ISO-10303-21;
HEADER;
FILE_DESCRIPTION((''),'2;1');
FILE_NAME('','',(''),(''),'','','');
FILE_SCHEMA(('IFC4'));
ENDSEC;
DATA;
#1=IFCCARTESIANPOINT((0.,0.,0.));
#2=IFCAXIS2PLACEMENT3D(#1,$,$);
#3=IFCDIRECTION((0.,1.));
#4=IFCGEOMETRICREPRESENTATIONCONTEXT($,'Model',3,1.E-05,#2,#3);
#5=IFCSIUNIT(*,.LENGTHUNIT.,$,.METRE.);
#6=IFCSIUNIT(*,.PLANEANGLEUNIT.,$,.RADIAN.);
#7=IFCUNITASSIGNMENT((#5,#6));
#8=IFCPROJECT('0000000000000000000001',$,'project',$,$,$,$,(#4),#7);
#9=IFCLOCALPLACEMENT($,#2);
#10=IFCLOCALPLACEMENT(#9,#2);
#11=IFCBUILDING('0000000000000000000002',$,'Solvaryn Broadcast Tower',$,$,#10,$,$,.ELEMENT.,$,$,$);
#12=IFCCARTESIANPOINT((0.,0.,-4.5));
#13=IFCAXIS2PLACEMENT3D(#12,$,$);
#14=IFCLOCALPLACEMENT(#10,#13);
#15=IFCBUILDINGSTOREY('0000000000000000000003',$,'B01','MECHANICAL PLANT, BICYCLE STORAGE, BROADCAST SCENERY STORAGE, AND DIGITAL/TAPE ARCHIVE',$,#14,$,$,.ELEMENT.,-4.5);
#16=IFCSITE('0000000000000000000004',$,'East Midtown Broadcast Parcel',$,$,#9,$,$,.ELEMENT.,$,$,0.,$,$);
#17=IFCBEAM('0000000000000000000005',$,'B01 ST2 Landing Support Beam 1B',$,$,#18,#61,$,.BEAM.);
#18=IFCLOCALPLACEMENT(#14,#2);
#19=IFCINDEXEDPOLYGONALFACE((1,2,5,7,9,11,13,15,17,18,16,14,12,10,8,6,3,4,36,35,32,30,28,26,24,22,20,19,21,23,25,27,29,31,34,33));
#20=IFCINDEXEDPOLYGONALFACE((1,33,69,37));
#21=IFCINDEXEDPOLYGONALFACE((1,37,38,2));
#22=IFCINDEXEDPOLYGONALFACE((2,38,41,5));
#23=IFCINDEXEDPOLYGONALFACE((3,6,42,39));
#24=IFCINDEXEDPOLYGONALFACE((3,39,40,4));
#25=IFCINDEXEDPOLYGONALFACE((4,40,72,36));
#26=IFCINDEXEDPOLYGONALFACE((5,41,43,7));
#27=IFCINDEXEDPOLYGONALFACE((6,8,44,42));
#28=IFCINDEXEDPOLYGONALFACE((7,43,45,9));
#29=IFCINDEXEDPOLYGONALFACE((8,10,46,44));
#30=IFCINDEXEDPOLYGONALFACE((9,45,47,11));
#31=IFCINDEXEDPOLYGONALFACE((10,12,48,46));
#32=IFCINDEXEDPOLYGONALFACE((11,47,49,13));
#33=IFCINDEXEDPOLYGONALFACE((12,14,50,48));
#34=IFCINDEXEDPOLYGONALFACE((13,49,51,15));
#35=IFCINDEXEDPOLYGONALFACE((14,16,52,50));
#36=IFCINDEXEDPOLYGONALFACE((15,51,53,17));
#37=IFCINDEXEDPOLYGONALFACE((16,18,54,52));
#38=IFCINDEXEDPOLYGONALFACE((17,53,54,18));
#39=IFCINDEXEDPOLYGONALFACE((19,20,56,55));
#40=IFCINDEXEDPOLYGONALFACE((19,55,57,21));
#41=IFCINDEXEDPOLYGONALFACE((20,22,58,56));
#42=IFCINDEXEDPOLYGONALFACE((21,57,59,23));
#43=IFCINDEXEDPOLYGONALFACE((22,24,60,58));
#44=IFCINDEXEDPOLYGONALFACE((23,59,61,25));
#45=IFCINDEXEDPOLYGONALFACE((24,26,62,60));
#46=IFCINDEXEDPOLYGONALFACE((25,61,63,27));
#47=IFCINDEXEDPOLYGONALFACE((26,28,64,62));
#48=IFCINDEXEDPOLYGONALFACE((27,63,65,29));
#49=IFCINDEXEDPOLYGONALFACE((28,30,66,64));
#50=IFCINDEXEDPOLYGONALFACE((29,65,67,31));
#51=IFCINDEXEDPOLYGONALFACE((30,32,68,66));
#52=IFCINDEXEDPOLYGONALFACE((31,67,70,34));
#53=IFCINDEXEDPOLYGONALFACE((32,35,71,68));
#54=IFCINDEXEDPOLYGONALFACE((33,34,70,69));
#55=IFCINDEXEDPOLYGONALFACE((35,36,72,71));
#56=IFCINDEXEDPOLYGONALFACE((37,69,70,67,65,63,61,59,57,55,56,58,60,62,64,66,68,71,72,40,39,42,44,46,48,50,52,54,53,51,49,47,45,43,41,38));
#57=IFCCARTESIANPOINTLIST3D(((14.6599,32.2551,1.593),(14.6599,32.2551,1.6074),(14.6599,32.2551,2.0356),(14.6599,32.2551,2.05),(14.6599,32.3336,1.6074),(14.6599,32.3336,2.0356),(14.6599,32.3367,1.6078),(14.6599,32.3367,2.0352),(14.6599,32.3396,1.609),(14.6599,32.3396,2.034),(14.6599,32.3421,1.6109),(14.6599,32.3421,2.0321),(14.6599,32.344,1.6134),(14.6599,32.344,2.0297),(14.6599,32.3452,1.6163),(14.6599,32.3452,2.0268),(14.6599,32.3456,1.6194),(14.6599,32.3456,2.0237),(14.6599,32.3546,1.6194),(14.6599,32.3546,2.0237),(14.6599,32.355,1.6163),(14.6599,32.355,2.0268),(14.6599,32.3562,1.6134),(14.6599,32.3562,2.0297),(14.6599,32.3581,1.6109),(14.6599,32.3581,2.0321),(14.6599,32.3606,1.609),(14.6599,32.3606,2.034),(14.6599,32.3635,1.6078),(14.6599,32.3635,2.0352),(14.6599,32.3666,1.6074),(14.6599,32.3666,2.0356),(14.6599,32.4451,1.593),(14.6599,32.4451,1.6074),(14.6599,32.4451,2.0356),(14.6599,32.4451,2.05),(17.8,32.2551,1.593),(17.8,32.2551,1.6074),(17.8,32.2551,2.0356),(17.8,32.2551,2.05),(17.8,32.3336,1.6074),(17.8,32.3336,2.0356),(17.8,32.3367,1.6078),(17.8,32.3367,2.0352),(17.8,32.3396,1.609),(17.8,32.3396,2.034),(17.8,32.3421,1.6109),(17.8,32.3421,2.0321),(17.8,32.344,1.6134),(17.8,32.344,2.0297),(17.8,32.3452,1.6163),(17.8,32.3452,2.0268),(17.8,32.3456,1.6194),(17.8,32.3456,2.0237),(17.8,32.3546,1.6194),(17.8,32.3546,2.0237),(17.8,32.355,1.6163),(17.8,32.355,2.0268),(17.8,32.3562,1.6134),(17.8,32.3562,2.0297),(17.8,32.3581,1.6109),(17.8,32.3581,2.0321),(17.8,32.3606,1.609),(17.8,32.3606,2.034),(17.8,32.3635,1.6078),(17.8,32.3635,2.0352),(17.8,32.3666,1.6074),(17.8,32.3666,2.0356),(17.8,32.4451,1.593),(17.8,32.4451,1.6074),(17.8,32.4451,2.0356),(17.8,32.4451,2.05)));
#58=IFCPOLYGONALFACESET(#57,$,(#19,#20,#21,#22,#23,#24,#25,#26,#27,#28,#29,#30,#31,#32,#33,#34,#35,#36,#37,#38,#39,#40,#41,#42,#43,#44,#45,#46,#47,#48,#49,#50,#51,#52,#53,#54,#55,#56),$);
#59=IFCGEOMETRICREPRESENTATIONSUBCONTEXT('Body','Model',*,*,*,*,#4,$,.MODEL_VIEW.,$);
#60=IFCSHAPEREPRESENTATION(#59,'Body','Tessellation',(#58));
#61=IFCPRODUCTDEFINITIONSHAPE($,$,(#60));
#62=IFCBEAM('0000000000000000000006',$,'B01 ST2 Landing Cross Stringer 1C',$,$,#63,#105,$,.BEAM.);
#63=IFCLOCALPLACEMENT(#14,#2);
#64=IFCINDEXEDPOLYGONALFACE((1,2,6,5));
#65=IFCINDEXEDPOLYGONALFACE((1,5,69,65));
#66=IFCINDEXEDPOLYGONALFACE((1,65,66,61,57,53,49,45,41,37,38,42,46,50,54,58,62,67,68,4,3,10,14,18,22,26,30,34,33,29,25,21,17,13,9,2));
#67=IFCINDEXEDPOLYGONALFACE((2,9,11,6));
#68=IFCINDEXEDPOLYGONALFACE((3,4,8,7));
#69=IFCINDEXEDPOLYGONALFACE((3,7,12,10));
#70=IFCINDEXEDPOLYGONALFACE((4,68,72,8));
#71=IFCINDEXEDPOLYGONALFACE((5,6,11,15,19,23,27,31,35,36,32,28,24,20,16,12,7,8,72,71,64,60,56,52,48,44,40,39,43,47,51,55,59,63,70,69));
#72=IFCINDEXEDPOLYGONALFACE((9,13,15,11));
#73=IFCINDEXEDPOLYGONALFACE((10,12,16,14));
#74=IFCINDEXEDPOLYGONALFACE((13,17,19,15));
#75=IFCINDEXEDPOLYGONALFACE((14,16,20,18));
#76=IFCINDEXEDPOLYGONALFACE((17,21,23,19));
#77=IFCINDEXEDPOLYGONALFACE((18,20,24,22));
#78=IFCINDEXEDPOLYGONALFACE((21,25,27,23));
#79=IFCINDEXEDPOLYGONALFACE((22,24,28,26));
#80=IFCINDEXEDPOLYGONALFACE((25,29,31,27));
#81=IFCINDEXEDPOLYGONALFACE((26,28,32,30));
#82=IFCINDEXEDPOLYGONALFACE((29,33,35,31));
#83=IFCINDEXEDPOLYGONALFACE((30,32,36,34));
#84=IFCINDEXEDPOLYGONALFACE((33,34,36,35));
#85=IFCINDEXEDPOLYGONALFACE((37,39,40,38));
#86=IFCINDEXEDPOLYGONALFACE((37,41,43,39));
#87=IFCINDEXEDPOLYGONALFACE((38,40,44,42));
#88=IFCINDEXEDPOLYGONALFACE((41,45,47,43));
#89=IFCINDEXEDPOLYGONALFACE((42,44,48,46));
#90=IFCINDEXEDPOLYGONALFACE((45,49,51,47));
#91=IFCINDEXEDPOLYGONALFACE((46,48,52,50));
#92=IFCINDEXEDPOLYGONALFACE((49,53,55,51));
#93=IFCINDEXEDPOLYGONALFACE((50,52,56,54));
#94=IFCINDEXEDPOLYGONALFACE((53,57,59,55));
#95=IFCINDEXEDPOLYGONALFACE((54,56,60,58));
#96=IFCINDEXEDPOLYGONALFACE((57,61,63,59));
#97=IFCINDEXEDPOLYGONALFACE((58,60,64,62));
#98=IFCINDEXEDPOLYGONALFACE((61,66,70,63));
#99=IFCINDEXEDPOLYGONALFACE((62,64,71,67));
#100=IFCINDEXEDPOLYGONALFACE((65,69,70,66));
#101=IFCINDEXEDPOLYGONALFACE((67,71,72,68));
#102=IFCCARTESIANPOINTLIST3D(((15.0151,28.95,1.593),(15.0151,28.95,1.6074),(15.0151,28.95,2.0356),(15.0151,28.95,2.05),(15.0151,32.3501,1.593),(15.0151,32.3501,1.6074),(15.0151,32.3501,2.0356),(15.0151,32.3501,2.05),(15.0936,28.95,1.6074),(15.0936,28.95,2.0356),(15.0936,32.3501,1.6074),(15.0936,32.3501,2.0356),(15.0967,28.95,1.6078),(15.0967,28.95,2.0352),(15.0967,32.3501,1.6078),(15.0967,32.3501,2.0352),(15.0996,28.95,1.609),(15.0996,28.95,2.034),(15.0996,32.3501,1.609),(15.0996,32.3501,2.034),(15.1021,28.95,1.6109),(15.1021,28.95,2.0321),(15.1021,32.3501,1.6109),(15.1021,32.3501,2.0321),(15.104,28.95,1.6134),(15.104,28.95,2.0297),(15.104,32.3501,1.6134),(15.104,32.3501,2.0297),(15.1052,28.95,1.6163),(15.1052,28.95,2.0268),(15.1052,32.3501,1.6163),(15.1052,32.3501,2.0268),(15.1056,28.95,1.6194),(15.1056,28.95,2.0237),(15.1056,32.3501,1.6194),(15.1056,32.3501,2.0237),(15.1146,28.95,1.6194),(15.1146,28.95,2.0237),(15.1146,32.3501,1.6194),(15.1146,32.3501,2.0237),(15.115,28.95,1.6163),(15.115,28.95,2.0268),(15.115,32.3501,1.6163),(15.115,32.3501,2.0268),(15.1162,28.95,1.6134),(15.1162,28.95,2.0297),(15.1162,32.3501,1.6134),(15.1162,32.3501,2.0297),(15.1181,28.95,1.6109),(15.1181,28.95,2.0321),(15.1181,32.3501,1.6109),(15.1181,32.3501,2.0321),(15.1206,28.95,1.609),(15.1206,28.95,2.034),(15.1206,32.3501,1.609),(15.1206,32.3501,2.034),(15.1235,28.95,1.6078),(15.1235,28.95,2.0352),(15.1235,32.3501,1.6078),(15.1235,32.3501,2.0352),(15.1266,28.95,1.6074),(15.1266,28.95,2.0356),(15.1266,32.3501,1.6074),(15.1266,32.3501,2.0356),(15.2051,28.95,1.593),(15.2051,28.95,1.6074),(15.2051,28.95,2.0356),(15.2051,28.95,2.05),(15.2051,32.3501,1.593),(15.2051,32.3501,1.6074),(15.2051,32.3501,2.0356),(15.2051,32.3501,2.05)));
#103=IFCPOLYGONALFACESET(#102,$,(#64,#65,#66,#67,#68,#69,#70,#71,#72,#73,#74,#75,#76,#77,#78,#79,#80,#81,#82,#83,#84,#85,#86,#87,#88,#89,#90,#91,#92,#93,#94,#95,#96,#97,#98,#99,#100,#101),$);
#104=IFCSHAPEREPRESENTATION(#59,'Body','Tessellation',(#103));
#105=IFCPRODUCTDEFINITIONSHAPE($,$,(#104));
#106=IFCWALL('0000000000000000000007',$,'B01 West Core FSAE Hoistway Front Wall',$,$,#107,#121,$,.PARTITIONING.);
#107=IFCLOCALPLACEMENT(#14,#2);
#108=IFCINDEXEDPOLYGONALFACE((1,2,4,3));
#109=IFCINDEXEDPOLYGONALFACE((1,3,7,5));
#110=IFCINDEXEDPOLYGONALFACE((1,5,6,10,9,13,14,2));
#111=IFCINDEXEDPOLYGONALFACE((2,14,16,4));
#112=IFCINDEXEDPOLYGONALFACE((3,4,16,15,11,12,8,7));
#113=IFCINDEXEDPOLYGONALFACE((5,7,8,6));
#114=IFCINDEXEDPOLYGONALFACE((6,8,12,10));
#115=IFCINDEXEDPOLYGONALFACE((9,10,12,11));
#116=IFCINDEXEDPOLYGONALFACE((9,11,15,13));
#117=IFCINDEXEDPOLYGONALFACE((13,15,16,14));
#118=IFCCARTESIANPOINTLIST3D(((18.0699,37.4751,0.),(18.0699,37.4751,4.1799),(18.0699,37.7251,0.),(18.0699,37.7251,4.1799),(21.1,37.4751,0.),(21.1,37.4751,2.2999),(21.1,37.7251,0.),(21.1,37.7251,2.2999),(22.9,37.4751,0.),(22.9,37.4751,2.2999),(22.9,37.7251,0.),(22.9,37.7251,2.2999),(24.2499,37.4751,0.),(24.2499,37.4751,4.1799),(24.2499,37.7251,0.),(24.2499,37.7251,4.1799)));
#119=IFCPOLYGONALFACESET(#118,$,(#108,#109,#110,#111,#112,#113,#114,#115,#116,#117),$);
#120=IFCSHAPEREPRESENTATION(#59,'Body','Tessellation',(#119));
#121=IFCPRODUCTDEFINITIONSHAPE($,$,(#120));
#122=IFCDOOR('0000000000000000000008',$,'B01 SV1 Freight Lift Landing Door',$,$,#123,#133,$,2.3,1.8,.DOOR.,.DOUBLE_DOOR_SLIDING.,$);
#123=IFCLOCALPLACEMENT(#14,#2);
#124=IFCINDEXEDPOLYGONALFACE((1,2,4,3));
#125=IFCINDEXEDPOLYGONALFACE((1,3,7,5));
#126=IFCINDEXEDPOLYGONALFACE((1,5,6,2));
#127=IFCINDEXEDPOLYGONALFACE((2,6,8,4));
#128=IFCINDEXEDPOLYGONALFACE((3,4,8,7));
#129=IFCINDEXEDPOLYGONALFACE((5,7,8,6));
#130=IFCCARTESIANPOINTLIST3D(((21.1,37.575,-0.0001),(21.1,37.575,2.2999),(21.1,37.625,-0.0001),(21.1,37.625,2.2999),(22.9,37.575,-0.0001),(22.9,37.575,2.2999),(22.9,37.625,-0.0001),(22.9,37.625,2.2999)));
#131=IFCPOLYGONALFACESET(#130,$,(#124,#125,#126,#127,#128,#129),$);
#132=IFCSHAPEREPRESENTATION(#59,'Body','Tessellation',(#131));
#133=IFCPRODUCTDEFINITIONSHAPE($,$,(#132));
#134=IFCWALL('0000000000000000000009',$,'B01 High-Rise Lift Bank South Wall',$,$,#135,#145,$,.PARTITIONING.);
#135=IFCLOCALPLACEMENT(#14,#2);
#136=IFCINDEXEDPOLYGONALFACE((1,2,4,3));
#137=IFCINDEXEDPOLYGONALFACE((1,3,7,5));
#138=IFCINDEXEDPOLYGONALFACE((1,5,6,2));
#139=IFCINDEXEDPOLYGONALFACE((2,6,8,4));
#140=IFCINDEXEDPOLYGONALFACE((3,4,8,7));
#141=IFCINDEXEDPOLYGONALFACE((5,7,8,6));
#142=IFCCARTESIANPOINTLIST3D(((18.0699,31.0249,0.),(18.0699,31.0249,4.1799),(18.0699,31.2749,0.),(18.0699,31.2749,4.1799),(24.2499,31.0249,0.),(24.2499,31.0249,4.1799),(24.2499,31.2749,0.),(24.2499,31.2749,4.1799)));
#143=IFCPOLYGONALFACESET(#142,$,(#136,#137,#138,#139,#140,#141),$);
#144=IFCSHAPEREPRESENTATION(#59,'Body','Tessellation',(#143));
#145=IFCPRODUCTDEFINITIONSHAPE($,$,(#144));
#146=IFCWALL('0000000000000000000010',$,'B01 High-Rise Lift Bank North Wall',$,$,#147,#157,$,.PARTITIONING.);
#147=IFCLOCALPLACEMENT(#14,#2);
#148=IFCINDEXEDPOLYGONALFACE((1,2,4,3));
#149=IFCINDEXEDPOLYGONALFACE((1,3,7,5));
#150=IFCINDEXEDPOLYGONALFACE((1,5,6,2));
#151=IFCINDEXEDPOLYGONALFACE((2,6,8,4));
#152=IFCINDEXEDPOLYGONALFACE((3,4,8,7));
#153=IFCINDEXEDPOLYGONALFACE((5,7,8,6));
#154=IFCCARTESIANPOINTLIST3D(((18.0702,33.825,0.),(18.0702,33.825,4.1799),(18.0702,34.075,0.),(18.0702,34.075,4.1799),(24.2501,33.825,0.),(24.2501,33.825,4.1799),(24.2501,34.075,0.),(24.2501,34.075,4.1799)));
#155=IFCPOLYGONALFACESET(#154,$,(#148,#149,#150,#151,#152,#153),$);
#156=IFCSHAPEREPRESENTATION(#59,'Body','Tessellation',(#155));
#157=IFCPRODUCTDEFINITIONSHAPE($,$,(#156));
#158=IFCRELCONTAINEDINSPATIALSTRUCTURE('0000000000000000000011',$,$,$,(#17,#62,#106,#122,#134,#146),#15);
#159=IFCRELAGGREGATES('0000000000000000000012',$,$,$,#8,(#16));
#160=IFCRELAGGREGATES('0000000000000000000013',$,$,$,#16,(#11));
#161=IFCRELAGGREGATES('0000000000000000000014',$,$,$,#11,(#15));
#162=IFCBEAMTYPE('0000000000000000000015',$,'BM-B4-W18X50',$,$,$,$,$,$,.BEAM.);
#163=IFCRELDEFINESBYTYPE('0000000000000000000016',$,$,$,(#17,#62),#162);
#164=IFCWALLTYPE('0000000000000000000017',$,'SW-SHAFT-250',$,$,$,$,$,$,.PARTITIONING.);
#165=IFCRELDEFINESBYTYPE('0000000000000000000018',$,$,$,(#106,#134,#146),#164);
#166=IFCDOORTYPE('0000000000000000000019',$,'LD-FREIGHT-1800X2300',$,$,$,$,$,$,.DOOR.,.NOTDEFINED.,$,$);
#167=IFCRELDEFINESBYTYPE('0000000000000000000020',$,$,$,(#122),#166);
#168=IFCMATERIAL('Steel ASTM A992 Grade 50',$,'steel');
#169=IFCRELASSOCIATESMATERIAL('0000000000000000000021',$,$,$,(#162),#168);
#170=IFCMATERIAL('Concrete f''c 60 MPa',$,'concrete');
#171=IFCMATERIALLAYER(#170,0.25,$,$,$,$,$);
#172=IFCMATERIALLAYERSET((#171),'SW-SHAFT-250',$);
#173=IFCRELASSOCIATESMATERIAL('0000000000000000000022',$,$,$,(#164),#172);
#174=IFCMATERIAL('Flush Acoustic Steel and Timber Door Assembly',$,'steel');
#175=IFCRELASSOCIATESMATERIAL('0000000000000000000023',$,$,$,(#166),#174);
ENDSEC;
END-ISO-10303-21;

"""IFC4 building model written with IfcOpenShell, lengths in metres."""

from ifc_helpers import new_model, si_unit, direction, frame, frame_2d, origin, origin_2d, place, context, subcontext, project, spatial, rectangle, i_section, extrude, material, layer, layer_set, material_profile, profile_set, type_object, element, fill, save


model = new_model("IFC4")

# Units and contexts
model_context = context("Model", 3, precision=1e-05, world=origin(), true_north=direction((0.0, 1.0)))
body_context = subcontext(model_context, "Body", "Model", "MODEL_VIEW")
ifc_project = project(units=[si_unit("LENGTHUNIT", "METRE"), si_unit("PLANEANGLEUNIT", "RADIAN")], contexts=[model_context])

# Site, building, storey
site_placement = place(None, origin())
site = spatial("IfcSite", under=ifc_project, at=site_placement, Name="East Midtown Broadcast Parcel", CompositionType="ELEMENT", RefElevation=0.0)
building_placement = place(site_placement, origin())
building = spatial("IfcBuilding", under=site, at=building_placement, Name="Solvaryn Broadcast Tower", CompositionType="ELEMENT")
storey_placement = place(building_placement, frame((0.0, 0.0, -4.5)))
storey = spatial("IfcBuildingStorey", under=building, at=storey_placement, Name="B01", Description="MECHANICAL PLANT, BICYCLE STORAGE, BROADCAST SCENERY STORAGE, AND DIGITAL/TAPE ARCHIVE", CompositionType="ELEMENT", Elevation=-4.5)

# Beams
ifc_material_1 = material(Name="Steel ASTM A992 Grade 50", Category="steel")
ifc_material_profile_1 = material_profile(ifc_material_1, i_section(OverallWidth=0.1899, OverallDepth=0.457, WebThickness=0.009, FlangeThickness=0.0144, FilletRadius=0.012, at=origin_2d()))
ifc_profile_set_1 = profile_set([ifc_material_profile_1], Name="Steel ASTM A992 Grade 50")
beam_type_1 = type_object("IfcBeamType", Name="BM-B4-W18X50", PredefinedType="BEAM", material=ifc_profile_set_1)
for number, where, z_axis, x_axis, name in (
    (1, (14.6599, 32.3501, 1.8215), (1.0, 0.0, 0.0), (0.0, 1.0, 0.0), "B01 ST2 Landing Support Beam 1B"),
):
    element("IfcBeam", number, at=place(storey_placement, frame(where, z_axis=z_axis, x_axis=x_axis)), inside=storey, type_object=beam_type_1, Name=name, PredefinedType="BEAM", context=body_context, shape_type="SweptSolid", body=[
        extrude(i_section(OverallWidth=0.1899, OverallDepth=0.457, WebThickness=0.009, FlangeThickness=0.0144, FilletRadius=0.012, at=origin_2d()), origin(), (0.0, 0.0, 1.0), 3.1401),
    ])
beam_1_placement = place(storey_placement, frame((15.1101, 28.95, 1.8215), z_axis=(0.0, 1.0, 0.0), x_axis=(-1.0, 0.0, 0.0)))
element("IfcBeam", 2, at=beam_1_placement, inside=storey, type_object=beam_type_1, Name="B01 ST2 Landing Cross Stringer 1C", PredefinedType="BEAM", context=body_context, shape_type="SweptSolid", body=[
    extrude(i_section(OverallWidth=0.1899, OverallDepth=0.457, WebThickness=0.009, FlangeThickness=0.0144, FilletRadius=0.012, at=origin_2d()), origin(), (0.0, 0.0, 1.0), 3.4001),
])

# Wall, opening, door
ifc_material_2 = material(Name="Concrete f'c 60 MPa", Category="concrete")
ifc_layer_1 = layer(ifc_material_2, 0.25)
ifc_layer_set_1 = layer_set([ifc_layer_1], Name="SW-SHAFT-250")
wall_type_1 = type_object("IfcWallType", Name="SW-SHAFT-250", PredefinedType="PARTITIONING", material=ifc_layer_set_1)
wall_1_placement = place(storey_placement, frame((18.0701, 37.6001, 0.0), z_axis=(0.0, 0.0, 1.0), x_axis=(1.0, 0.0, 0.0)))
wall_1 = element("IfcWall", 3, at=wall_1_placement, inside=storey, type_object=wall_type_1, Name="B01 West Core FSAE Hoistway Front Wall", PredefinedType="PARTITIONING", context=body_context, shape_type="SweptSolid", body=[
    extrude(rectangle(XDim=6.1799, YDim=0.25, at=frame_2d((3.0898, 0.0))), origin(), (0.0, 0.0, 1.0), 4.1799),
])
opening_1_placement = place(wall_1_placement, frame((3.03, 0.0, 0.0)))
opening_1 = element("IfcOpeningElement", 4, at=opening_1_placement, cuts=wall_1, PredefinedType="OPENING", context=body_context, shape_type="SweptSolid", body=[
    extrude(rectangle(XDim=1.8, YDim=2.3, at=frame_2d((0.8999, 1.1499))), frame((0.0, 0.135, 0.0), z_axis=(0.0, -1.0, 0.0), x_axis=(1.0, 0.0, 0.0)), (0.0, 0.0, 1.0), 0.27),
])
ifc_material_3 = material(Name="Flush Acoustic Steel and Timber Door Assembly", Category="steel")
door_type_1 = type_object("IfcDoorType", Name="LD-FREIGHT-1800X2300", OperationType="NOTDEFINED", PredefinedType="DOOR", material=ifc_material_3)
door_1_placement = place(opening_1_placement, origin())
door_1 = element("IfcDoor", 5, at=door_1_placement, inside=storey, type_object=door_type_1, Name="B01 SV1 Freight Lift Landing Door", OperationType="DOUBLE_DOOR_SLIDING", OverallHeight=2.3, OverallWidth=1.8, PredefinedType="DOOR", context=body_context, shape_type="SweptSolid", body=[
    extrude(rectangle(XDim=1.8, YDim=2.3, at=frame_2d((0.8999, 1.1499))), frame((0.0, 0.0249, 0.0), z_axis=(0.0, -1.0, 0.0), x_axis=(1.0, 0.0, 0.0)), (0.0, 0.0, 1.0), 0.05),
])
fill(opening_1, door_1)

# Walls
for number, where, z_axis, x_axis, name in (
    (6, (18.0701, 31.1499, 0.0), (0.0, 0.0, 1.0), (1.0, 0.0, 0.0), "B01 High-Rise Lift Bank South Wall"),
    (7, (24.25, 33.95, 0.0), (0.0, 0.0, 1.0), (-1.0, 0.0, 0.0), "B01 High-Rise Lift Bank North Wall"),
):
    element("IfcWall", number, at=place(storey_placement, frame(where, z_axis=z_axis, x_axis=x_axis)), inside=storey, type_object=wall_type_1, Name=name, PredefinedType="PARTITIONING", context=body_context, shape_type="SweptSolid", body=[
        extrude(rectangle(XDim=6.1799, YDim=0.25, at=frame_2d((3.0898, 0.0))), origin(), (0.0, 0.0, 1.0), 4.1799),
    ])

save(model, "model.ifc")
